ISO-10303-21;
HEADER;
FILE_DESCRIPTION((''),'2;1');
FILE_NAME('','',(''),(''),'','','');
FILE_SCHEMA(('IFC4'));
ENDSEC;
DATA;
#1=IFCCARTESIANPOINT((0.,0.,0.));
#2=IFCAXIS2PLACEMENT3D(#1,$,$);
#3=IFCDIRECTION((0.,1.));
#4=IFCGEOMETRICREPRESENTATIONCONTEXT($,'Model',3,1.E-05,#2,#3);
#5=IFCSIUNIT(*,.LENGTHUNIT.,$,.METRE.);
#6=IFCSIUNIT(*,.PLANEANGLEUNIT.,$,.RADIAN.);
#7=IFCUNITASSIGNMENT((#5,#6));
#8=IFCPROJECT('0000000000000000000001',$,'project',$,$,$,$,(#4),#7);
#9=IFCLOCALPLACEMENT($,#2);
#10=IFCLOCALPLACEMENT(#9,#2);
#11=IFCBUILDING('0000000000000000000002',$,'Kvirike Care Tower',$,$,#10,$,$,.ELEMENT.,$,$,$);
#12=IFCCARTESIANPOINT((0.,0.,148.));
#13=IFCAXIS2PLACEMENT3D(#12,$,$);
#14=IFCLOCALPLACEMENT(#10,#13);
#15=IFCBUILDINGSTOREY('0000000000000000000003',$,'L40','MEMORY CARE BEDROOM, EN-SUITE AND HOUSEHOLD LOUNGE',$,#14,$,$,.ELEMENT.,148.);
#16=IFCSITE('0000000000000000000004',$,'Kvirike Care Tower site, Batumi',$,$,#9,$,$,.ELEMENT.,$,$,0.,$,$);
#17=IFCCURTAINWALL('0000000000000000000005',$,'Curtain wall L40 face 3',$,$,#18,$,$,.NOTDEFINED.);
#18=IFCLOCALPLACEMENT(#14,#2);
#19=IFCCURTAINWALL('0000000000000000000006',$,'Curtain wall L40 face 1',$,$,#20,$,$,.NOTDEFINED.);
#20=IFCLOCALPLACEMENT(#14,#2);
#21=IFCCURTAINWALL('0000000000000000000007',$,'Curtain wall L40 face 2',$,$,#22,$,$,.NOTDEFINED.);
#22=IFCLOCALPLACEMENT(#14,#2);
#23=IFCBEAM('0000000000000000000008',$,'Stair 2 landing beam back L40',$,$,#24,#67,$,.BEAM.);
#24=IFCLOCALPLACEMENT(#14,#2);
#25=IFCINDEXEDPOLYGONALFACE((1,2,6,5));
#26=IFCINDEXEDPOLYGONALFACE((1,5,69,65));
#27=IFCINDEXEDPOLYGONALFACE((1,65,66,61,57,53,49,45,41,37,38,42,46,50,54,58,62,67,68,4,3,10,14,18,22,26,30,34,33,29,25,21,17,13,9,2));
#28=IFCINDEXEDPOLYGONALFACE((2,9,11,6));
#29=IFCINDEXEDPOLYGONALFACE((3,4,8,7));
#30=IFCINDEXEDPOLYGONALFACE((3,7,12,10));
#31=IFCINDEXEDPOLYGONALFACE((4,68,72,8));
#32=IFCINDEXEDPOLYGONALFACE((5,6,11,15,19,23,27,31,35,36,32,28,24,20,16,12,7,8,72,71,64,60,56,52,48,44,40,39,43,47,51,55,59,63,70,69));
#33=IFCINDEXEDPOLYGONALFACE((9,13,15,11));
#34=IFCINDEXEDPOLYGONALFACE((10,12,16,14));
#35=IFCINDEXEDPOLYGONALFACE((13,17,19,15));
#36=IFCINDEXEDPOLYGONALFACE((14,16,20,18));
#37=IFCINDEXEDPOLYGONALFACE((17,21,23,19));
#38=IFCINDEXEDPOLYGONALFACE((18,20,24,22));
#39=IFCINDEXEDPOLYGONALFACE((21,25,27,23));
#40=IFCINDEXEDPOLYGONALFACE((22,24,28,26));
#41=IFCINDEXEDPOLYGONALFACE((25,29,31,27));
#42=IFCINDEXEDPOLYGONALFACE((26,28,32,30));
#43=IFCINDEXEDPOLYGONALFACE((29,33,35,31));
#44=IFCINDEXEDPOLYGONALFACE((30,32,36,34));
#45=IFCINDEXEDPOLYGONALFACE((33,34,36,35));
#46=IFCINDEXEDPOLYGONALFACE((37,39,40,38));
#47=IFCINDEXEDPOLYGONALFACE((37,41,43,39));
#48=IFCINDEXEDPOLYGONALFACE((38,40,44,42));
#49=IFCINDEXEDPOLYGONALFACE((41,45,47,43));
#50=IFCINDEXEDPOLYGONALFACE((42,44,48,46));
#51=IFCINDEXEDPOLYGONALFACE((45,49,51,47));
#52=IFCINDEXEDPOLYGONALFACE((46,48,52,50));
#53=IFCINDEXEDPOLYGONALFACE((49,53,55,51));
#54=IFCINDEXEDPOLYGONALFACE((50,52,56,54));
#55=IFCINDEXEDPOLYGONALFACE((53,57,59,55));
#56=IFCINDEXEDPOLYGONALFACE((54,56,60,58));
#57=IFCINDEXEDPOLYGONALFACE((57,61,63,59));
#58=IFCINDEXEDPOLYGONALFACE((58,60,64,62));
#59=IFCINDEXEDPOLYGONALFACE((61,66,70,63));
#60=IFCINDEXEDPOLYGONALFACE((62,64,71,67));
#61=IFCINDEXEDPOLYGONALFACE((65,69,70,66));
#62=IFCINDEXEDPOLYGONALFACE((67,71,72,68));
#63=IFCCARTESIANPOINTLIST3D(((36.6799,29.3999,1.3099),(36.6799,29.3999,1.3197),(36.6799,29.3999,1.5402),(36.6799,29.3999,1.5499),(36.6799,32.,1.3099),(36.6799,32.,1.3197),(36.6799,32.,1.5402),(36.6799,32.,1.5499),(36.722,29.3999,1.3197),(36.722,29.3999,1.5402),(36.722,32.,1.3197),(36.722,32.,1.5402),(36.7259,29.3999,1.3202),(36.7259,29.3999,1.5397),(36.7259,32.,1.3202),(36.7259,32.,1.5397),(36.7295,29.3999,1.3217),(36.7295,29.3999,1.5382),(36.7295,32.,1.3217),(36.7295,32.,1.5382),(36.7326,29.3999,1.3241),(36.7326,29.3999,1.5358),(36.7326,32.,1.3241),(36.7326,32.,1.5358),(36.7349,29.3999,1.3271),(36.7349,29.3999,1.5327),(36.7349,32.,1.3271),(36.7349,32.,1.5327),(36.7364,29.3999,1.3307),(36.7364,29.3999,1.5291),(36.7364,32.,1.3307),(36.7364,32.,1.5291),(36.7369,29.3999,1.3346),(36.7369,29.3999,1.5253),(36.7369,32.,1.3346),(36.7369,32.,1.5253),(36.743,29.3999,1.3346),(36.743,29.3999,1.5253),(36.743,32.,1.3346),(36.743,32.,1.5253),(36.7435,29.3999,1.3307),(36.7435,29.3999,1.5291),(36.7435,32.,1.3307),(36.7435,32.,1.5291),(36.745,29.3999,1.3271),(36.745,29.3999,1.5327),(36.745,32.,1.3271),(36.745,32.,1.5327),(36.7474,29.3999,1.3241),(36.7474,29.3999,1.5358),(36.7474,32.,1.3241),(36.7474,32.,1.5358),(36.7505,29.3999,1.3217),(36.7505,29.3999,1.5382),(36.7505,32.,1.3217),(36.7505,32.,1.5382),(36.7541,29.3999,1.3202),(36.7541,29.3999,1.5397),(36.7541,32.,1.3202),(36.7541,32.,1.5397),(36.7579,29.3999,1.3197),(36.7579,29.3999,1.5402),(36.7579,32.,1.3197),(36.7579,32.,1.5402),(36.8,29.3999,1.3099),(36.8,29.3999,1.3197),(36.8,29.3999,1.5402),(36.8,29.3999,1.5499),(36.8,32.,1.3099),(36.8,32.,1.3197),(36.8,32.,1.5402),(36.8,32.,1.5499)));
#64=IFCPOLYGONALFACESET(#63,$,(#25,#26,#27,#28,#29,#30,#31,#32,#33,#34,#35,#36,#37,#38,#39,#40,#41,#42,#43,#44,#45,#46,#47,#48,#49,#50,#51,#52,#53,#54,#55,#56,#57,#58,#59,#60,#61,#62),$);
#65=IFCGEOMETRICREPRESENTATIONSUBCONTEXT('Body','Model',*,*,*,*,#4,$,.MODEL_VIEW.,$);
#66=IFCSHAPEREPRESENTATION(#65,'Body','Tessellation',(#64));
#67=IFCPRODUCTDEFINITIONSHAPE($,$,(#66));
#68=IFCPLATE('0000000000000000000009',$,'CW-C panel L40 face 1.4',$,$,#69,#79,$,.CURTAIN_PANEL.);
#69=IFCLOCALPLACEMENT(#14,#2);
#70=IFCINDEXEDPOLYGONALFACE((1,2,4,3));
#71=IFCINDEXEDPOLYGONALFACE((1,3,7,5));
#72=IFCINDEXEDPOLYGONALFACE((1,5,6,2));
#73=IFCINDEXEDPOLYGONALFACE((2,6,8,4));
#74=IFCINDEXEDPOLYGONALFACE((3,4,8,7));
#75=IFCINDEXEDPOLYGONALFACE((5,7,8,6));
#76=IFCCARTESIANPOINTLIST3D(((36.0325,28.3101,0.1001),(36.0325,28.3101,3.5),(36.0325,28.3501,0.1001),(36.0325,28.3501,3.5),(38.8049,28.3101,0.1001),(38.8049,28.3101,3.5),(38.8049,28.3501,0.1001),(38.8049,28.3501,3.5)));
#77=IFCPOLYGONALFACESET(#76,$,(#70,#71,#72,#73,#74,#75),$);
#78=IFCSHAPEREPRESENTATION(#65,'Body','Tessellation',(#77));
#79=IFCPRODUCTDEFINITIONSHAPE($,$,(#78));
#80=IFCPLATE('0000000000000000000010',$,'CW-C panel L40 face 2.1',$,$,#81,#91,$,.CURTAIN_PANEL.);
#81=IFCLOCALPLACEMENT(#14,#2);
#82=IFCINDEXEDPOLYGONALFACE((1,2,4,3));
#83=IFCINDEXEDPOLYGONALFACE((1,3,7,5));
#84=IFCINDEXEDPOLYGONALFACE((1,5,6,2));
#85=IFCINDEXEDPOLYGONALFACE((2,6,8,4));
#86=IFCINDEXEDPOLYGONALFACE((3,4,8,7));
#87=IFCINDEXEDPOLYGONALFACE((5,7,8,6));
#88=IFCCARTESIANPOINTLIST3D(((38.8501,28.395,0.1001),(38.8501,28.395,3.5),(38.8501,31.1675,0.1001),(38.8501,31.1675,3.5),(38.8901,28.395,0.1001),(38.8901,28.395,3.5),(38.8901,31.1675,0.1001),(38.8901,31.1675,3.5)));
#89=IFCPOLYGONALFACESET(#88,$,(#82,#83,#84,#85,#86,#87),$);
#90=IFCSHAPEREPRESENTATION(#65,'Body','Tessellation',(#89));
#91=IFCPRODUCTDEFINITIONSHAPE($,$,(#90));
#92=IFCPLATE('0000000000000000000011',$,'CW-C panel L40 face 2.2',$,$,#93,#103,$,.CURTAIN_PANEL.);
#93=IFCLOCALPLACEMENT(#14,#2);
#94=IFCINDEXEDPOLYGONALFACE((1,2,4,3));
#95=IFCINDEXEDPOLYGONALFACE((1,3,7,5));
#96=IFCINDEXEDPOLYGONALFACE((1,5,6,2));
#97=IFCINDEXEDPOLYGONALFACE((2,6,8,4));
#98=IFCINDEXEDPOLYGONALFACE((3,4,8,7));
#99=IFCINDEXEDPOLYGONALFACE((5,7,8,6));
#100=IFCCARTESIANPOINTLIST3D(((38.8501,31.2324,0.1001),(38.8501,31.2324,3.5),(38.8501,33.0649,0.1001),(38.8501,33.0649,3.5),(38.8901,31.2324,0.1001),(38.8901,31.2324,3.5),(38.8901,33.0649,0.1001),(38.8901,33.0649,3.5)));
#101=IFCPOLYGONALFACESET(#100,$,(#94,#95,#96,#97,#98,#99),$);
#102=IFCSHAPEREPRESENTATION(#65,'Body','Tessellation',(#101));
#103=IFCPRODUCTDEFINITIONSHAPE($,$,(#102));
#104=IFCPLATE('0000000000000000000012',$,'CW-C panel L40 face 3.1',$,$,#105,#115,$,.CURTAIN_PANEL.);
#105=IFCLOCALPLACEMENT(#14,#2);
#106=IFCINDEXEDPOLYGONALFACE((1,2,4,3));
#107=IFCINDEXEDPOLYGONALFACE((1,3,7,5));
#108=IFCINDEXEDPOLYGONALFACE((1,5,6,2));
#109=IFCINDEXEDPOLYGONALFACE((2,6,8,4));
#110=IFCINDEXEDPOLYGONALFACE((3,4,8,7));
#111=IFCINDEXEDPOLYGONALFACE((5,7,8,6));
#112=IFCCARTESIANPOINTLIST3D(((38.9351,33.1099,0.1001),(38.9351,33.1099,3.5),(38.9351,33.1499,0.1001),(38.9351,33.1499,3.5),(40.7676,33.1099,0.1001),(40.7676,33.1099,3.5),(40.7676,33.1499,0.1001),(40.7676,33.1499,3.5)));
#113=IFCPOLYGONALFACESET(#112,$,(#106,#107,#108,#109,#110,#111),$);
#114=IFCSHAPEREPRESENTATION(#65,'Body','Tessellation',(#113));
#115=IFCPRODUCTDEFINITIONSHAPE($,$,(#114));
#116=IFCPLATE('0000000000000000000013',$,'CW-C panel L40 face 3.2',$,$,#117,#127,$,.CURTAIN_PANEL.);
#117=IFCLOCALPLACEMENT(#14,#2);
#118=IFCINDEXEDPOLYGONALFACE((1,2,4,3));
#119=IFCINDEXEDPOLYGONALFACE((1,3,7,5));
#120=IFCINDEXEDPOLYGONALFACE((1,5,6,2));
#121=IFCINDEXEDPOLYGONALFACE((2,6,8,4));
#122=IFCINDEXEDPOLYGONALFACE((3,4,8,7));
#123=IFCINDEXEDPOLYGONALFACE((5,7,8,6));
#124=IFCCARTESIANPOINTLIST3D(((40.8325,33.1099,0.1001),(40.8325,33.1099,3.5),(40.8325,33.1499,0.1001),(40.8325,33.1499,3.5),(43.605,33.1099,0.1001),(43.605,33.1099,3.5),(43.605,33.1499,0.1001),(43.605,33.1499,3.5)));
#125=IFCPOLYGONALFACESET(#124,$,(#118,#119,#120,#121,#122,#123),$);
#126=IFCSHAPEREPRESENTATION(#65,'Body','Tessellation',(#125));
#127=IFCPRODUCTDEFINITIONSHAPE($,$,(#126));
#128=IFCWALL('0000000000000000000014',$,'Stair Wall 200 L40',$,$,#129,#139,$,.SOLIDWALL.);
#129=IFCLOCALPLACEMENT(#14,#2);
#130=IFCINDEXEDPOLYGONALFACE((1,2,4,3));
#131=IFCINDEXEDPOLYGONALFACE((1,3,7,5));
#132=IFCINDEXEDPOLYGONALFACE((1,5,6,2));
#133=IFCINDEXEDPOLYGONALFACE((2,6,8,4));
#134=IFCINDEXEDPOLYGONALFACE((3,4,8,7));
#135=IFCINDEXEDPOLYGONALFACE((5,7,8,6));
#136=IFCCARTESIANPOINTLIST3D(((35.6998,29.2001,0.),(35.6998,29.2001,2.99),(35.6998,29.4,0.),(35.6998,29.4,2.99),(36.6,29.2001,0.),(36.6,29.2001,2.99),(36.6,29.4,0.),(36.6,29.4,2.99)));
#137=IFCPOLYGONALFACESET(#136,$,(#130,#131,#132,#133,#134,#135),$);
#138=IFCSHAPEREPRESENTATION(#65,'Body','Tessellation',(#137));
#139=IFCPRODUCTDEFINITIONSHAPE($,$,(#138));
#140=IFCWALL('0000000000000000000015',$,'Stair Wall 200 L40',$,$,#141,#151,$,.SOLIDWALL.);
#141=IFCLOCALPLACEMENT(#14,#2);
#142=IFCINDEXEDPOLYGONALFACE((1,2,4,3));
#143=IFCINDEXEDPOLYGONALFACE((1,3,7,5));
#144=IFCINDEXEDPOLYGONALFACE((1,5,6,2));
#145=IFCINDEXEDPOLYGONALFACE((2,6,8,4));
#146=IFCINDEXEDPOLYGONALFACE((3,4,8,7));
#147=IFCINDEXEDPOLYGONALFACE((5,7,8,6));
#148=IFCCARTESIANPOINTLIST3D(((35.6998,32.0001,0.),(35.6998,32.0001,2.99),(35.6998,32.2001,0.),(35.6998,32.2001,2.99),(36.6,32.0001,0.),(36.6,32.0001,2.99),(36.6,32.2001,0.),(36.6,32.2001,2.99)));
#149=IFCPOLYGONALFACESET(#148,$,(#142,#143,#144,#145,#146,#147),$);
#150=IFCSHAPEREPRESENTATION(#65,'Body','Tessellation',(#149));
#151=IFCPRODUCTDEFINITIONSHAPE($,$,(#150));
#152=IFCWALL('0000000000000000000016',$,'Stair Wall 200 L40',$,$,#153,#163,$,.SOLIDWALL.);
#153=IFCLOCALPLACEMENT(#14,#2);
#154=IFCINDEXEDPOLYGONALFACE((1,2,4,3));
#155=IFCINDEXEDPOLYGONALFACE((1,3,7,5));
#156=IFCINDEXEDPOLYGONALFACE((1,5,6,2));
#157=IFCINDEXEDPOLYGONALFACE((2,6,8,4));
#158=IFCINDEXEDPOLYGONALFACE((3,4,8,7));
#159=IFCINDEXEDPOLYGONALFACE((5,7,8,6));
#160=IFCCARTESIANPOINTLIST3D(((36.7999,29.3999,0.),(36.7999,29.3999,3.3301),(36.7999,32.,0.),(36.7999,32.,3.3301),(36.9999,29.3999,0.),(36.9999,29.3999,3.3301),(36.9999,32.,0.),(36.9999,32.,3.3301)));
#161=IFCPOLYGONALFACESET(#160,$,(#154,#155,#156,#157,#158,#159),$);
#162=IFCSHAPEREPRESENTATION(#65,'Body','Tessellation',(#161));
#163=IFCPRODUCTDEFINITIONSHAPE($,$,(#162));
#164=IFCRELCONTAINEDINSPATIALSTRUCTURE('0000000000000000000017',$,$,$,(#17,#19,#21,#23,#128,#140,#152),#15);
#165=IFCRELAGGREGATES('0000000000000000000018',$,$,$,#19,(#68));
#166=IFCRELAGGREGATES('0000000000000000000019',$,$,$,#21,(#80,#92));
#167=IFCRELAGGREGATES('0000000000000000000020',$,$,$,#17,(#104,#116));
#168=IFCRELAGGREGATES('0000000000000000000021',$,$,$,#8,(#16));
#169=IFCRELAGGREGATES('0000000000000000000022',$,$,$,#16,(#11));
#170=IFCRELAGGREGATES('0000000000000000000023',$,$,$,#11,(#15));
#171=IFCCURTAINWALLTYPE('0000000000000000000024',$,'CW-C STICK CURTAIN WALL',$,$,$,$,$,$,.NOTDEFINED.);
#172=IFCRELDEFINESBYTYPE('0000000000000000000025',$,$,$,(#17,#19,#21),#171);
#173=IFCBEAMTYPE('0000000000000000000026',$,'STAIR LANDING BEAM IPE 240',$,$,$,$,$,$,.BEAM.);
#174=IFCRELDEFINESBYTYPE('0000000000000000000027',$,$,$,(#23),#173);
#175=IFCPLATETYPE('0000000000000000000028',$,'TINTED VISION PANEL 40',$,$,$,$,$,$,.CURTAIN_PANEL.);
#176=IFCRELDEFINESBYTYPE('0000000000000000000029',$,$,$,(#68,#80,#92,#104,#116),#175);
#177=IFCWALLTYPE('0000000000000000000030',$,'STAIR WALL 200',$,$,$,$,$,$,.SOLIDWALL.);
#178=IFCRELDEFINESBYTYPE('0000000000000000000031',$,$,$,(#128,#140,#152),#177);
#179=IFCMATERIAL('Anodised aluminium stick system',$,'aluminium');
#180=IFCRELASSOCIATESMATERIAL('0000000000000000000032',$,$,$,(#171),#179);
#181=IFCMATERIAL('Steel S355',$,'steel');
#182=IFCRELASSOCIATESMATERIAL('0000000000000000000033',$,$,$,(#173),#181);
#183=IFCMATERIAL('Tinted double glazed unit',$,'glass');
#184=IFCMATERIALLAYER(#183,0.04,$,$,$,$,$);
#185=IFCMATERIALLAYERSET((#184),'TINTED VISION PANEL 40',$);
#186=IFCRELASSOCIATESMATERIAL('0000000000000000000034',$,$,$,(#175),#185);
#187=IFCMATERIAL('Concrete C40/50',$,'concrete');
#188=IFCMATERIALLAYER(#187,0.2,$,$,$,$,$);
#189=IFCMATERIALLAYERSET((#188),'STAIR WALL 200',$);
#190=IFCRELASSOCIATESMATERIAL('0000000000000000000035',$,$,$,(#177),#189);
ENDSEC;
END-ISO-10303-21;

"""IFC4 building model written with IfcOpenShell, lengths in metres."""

from ifc_helpers import new_model, si_unit, direction, frame, frame_2d, origin, origin_2d, place, context, subcontext, project, spatial, rectangle, i_section, extrude, material, layer, layer_set, material_profile, profile_set, type_object, element, aggregate, save


model = new_model("IFC4")

# Units and contexts
model_context = context("Model", 3, precision=1e-05, world=origin(), true_north=direction((0.0, 1.0)))
body_context = subcontext(model_context, "Body", "Model", "MODEL_VIEW")
ifc_project = project(units=[si_unit("LENGTHUNIT", "METRE"), si_unit("PLANEANGLEUNIT", "RADIAN")], contexts=[model_context])

# Site, building, storey
site_placement = place(None, origin())
site = spatial("IfcSite", under=ifc_project, at=site_placement, Name="Kvirike Care Tower site, Batumi", CompositionType="ELEMENT", RefElevation=0.0)
building_placement = place(site_placement, origin())
building = spatial("IfcBuilding", under=site, at=building_placement, Name="Kvirike Care Tower", CompositionType="ELEMENT")
storey_placement = place(building_placement, frame((0.0, 0.0, 148.0)))
storey = spatial("IfcBuildingStorey", under=building, at=storey_placement, Name="L40", Description="MEMORY CARE BEDROOM, EN-SUITE AND HOUSEHOLD LOUNGE", CompositionType="ELEMENT", Elevation=148.0)

# Curtain walls
ifc_material_1 = material(Name="Anodised aluminium stick system", Category="aluminium")
curtain_wall_type = type_object("IfcCurtainWallType", Name="CW-C STICK CURTAIN WALL", PredefinedType="NOTDEFINED", material=ifc_material_1)
curtain_wall_1_placement = place(storey_placement, origin())
curtain_wall_1 = element("IfcCurtainWall", 1, at=curtain_wall_1_placement, inside=storey, type_object=curtain_wall_type, Name="Curtain wall L40 face 3", PredefinedType="NOTDEFINED")
curtain_wall_2_placement = place(storey_placement, origin())
curtain_wall_2 = element("IfcCurtainWall", 2, at=curtain_wall_2_placement, inside=storey, type_object=curtain_wall_type, Name="Curtain wall L40 face 1", PredefinedType="NOTDEFINED")

# Curtain wall
curtain_wall_3_placement = place(storey_placement, origin())
curtain_wall_3 = element("IfcCurtainWall", 3, at=curtain_wall_3_placement, inside=storey, type_object=curtain_wall_type, Name="Curtain wall L40 face 2", PredefinedType="NOTDEFINED")

# Beam
ifc_material_2 = material(Name="Steel S355", Category="steel")
ifc_material_profile_1 = material_profile(ifc_material_2, i_section(OverallWidth=0.1201, OverallDepth=0.24, WebThickness=0.0061, FlangeThickness=0.0098, FilletRadius=0.0149, at=origin_2d()), Name="IPE 240")
ifc_profile_set_1 = profile_set([ifc_material_profile_1], Name="Steel S355")
beam_type_1 = type_object("IfcBeamType", Name="STAIR LANDING BEAM IPE 240", PredefinedType="BEAM", material=ifc_profile_set_1)
beam_1_placement = place(storey_placement, frame((36.74, 29.3999, 1.4299), z_axis=(0.0, 1.0, 0.0), x_axis=(-1.0, 0.0, 0.0)))
element("IfcBeam", 4, at=beam_1_placement, inside=storey, type_object=beam_type_1, Name="Stair 2 landing beam back L40", PredefinedType="BEAM", context=body_context, shape_type="SweptSolid", body=[
    extrude(i_section(OverallWidth=0.1201, OverallDepth=0.24, WebThickness=0.0061, FlangeThickness=0.0098, FilletRadius=0.0149, at=origin_2d()), origin(), (0.0, 0.0, 1.0), 2.6001),
])

# Plates
ifc_material_3 = material(Name="Tinted double glazed unit", Category="glass")
ifc_layer_1 = layer(ifc_material_3, 0.04)
ifc_layer_set_1 = layer_set([ifc_layer_1], Name="TINTED VISION PANEL 40")
plate_type = type_object("IfcPlateType", Name="TINTED VISION PANEL 40", PredefinedType="CURTAIN_PANEL", material=ifc_layer_set_1)
plate_1_placement = place(storey_placement, frame((37.4187, 28.3301, 0.1001), z_axis=(0.0, 0.0, 1.0), x_axis=(1.0, 0.0, 0.0)))
plate_1 = element("IfcPlate", 5, at=plate_1_placement, type_object=plate_type, Name="CW-C panel L40 face 1.4", PredefinedType="CURTAIN_PANEL", context=body_context, shape_type="SweptSolid", body=[
    extrude(rectangle(XDim=2.7725, YDim=0.04, at=origin_2d()), origin(), (0.0, 0.0, 1.0), 3.3999),
])
aggregate(curtain_wall_2, [plate_1])
plate_2_placement = place(storey_placement, frame((38.8701, 29.7812, 0.1001), z_axis=(0.0, 0.0, 1.0), x_axis=(0.0, 1.0, 0.0)))
plate_2 = element("IfcPlate", 6, at=plate_2_placement, type_object=plate_type, Name="CW-C panel L40 face 2.1", PredefinedType="CURTAIN_PANEL", context=body_context, shape_type="SweptSolid", body=[
    extrude(rectangle(XDim=2.7725, YDim=0.04, at=origin_2d()), origin(), (0.0, 0.0, 1.0), 3.3999),
])
plate_3_placement = place(storey_placement, frame((38.8701, 32.1487, 0.1001), z_axis=(0.0, 0.0, 1.0), x_axis=(0.0, 1.0, 0.0)))
plate_3 = element("IfcPlate", 7, at=plate_3_placement, type_object=plate_type, Name="CW-C panel L40 face 2.2", PredefinedType="CURTAIN_PANEL", context=body_context, shape_type="SweptSolid", body=[
    extrude(rectangle(XDim=1.8325, YDim=0.04, at=origin_2d()), origin(), (0.0, 0.0, 1.0), 3.3999),
])
aggregate(curtain_wall_3, [plate_2, plate_3])
plate_4_placement = place(storey_placement, frame((39.8513, 33.1299, 0.1001), z_axis=(0.0, 0.0, 1.0), x_axis=(1.0, 0.0, 0.0)))
plate_4 = element("IfcPlate", 8, at=plate_4_placement, type_object=plate_type, Name="CW-C panel L40 face 3.1", PredefinedType="CURTAIN_PANEL", context=body_context, shape_type="SweptSolid", body=[
    extrude(rectangle(XDim=1.8325, YDim=0.04, at=origin_2d()), origin(), (0.0, 0.0, 1.0), 3.3999),
])
plate_5_placement = place(storey_placement, frame((42.2188, 33.1299, 0.1001), z_axis=(0.0, 0.0, 1.0), x_axis=(1.0, 0.0, 0.0)))
plate_5 = element("IfcPlate", 9, at=plate_5_placement, type_object=plate_type, Name="CW-C panel L40 face 3.2", PredefinedType="CURTAIN_PANEL", context=body_context, shape_type="SweptSolid", body=[
    extrude(rectangle(XDim=2.7725, YDim=0.04, at=origin_2d()), origin(), (0.0, 0.0, 1.0), 3.3999),
])
aggregate(curtain_wall_1, [plate_4, plate_5])

# Walls
ifc_material_4 = material(Name="Concrete C40/50", Category="concrete")
ifc_layer_2 = layer(ifc_material_4, 0.2)
ifc_layer_set_2 = layer_set([ifc_layer_2], Name="STAIR WALL 200")
wall_type = type_object("IfcWallType", Name="STAIR WALL 200", PredefinedType="SOLIDWALL", material=ifc_layer_set_2)
for number, where, z_axis, x_axis, name in (
    (10, (36.6001, 29.3, 0.0), (0.0, 0.0, 1.0), (-1.0, 0.0, 0.0), "Stair Wall 200 L40"),
    (11, (36.6001, 32.1001, 0.0), (0.0, 0.0, 1.0), (-1.0, 0.0, 0.0), "Stair Wall 200 L40"),
):
    element("IfcWall", number, at=place(storey_placement, frame(where, z_axis=z_axis, x_axis=x_axis)), inside=storey, type_object=wall_type, Name=name, PredefinedType="SOLIDWALL", context=body_context, shape_type="SweptSolid", body=[
        extrude(rectangle(XDim=0.9001, YDim=0.2, at=frame_2d((0.4502, 0.0))), origin(), (0.0, 0.0, 1.0), 2.99),
    ])
wall_placement = place(storey_placement, frame((36.8999, 29.3999, 0.0), z_axis=(0.0, 0.0, 1.0), x_axis=(0.0, 1.0, 0.0)))
element("IfcWall", 12, at=wall_placement, inside=storey, type_object=wall_type, Name="Stair Wall 200 L40", PredefinedType="SOLIDWALL", context=body_context, shape_type="SweptSolid", body=[
    extrude(rectangle(XDim=2.6001, YDim=0.2, at=frame_2d((1.3, 0.0))), origin(), (0.0, 0.0, 1.0), 3.3301),
])

save(model, "model.ifc")
